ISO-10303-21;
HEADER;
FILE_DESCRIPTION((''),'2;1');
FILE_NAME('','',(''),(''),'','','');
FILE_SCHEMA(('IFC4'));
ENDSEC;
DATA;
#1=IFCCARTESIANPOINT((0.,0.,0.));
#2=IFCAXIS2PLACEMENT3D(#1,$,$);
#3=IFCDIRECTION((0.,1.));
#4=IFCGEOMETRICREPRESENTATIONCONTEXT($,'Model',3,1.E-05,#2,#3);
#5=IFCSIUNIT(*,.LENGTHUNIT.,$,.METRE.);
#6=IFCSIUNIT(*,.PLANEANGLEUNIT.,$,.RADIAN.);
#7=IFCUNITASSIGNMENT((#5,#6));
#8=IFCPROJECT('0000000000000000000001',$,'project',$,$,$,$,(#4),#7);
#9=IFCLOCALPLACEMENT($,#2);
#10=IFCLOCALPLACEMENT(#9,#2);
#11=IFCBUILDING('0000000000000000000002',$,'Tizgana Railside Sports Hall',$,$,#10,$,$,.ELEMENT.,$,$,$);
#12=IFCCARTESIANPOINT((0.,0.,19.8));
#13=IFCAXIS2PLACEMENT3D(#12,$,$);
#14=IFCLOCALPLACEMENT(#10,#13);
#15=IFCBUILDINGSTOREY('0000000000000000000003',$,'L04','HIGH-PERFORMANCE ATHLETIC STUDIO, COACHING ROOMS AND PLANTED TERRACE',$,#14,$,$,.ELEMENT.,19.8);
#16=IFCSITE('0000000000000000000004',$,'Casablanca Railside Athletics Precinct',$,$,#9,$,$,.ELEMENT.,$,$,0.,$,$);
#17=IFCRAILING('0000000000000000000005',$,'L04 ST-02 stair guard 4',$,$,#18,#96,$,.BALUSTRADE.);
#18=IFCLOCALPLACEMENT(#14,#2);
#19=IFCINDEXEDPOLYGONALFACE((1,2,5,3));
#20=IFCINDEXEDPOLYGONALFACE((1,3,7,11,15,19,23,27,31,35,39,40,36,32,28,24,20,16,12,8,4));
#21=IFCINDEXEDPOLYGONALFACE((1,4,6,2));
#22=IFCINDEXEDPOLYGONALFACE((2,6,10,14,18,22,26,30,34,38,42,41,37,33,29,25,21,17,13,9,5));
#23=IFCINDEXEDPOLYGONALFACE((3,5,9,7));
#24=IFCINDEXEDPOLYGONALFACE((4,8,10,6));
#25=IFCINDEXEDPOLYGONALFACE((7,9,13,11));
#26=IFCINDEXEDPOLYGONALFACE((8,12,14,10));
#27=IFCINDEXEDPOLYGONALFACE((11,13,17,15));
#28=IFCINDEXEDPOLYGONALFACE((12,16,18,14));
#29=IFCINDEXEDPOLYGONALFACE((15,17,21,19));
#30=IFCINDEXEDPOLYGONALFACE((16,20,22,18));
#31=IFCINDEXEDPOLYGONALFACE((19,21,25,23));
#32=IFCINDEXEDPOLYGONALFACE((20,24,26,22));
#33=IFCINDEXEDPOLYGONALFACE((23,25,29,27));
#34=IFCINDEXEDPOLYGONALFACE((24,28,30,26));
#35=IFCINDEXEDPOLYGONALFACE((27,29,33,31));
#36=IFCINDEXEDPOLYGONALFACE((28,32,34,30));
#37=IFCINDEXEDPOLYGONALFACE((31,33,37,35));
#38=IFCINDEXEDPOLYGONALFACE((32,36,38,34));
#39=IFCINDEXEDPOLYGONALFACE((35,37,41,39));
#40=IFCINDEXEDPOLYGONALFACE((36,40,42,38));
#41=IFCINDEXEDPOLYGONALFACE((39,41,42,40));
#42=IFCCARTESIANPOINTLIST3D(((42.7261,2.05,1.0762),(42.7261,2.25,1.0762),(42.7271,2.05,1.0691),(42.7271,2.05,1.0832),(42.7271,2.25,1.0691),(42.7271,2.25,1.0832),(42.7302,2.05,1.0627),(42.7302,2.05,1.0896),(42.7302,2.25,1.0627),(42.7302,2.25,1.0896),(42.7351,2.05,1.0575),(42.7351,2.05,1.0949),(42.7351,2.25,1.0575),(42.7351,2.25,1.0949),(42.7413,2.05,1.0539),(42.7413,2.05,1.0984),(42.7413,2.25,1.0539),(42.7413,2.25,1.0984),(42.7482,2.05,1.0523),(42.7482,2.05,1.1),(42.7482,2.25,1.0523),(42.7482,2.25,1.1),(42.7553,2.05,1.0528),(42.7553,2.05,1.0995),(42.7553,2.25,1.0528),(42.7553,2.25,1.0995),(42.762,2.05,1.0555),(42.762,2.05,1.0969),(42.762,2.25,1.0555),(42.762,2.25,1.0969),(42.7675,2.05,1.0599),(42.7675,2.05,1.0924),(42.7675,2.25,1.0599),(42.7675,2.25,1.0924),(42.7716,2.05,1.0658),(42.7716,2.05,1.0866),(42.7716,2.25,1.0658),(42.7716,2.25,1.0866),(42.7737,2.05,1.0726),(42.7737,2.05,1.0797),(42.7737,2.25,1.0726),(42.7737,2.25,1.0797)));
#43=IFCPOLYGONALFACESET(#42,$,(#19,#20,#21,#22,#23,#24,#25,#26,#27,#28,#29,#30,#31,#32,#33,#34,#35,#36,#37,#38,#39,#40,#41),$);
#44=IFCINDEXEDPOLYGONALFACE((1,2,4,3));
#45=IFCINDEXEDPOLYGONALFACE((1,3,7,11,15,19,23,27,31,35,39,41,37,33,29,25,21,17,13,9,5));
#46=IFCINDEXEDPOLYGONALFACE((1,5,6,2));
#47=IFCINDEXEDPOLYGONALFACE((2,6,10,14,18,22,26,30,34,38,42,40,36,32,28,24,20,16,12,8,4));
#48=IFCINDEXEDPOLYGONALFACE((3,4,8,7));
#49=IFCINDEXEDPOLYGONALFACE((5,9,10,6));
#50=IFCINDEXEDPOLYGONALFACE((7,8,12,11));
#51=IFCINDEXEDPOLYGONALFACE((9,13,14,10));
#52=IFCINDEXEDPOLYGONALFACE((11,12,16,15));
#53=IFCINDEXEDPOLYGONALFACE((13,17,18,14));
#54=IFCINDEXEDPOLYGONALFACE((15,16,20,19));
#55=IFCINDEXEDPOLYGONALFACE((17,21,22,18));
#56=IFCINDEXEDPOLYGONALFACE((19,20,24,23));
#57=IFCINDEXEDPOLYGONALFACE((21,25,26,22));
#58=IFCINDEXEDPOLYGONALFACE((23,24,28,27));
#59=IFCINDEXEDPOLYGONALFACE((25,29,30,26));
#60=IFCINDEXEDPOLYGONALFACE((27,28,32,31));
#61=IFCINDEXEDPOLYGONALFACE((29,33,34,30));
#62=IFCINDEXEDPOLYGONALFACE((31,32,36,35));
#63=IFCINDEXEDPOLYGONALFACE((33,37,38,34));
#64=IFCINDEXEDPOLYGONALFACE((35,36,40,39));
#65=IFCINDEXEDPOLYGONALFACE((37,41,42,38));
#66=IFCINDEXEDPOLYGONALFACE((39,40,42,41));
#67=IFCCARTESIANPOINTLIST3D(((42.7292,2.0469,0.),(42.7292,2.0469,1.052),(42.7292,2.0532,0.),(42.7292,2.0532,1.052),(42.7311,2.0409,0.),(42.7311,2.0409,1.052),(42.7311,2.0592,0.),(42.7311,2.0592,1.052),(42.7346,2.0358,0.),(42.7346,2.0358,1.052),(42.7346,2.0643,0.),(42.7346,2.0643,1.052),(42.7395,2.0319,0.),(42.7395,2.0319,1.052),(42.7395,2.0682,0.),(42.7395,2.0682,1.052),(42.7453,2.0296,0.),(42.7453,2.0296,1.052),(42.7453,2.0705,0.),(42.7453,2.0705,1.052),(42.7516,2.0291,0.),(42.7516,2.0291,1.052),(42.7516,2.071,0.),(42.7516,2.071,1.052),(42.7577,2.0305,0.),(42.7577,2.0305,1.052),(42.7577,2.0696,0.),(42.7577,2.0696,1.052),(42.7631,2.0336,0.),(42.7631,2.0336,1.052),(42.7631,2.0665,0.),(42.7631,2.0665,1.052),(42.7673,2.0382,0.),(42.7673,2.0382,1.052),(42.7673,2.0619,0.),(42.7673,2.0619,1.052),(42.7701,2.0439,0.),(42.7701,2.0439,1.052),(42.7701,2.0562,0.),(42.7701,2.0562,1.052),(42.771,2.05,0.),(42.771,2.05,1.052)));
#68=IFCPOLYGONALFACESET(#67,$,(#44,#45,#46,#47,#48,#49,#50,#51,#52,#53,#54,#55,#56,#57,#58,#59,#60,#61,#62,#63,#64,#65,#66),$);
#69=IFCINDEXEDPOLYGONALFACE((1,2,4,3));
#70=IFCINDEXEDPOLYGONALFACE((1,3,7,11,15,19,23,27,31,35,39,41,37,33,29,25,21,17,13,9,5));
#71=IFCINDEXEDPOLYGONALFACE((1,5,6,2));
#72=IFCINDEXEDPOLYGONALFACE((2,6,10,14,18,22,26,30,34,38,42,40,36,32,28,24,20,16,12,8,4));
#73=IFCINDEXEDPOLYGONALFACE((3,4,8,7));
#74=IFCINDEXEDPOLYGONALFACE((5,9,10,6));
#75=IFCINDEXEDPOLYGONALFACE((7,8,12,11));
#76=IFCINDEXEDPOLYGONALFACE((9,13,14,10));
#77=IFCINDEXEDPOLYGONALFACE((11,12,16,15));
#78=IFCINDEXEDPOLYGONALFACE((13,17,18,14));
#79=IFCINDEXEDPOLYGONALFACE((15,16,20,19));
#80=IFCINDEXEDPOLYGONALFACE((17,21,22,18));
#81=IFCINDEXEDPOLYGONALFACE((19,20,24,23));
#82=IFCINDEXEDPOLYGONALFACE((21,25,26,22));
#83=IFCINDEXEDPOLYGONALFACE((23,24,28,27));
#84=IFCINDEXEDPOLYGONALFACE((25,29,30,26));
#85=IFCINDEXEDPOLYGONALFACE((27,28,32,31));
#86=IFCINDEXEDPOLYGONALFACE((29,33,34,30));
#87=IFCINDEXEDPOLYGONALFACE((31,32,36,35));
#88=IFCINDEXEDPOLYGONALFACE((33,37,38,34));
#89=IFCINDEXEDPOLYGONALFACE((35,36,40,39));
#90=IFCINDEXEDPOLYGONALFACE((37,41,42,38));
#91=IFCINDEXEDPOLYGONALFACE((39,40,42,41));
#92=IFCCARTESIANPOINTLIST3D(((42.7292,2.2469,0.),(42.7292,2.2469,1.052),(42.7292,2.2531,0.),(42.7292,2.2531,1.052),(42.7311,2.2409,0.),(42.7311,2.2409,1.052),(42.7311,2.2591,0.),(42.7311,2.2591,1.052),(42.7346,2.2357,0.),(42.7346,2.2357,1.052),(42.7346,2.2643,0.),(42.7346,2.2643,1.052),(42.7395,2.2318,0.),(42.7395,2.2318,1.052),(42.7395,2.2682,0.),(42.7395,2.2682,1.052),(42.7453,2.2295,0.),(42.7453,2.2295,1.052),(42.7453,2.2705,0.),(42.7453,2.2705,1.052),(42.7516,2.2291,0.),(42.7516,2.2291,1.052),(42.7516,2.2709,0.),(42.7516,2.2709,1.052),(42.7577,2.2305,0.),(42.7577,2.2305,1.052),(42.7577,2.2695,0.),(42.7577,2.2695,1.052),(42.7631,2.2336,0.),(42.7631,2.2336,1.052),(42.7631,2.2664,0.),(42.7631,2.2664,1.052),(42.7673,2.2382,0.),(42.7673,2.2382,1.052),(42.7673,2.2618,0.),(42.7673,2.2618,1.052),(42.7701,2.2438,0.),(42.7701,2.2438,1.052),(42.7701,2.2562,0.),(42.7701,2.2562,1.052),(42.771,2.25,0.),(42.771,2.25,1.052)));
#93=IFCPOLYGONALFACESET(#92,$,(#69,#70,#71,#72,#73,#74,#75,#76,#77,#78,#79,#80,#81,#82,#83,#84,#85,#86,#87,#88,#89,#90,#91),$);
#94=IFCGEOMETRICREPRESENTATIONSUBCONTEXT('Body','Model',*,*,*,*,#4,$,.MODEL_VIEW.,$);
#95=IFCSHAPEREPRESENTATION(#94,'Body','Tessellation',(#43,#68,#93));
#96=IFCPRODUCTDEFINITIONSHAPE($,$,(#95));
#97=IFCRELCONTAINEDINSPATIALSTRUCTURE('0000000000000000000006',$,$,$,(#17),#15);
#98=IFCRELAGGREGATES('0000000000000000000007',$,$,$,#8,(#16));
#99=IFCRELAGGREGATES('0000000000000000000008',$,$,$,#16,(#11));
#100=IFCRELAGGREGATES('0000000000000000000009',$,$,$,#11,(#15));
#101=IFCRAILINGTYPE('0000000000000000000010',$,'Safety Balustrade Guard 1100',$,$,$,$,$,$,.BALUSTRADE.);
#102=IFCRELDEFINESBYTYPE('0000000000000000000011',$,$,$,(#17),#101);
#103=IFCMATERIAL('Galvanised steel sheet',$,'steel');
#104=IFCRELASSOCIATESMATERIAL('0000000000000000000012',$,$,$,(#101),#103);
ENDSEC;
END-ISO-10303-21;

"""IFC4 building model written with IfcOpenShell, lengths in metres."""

from ifc_helpers import new_model, si_unit, direction, frame, origin, origin_2d, place, context, subcontext, project, spatial, circle, extrude, material, type_object, element, save


model = new_model("IFC4")

# Units and contexts
model_context = context("Model", 3, precision=1e-05, world=origin(), true_north=direction((0.0, 1.0)))
body_context = subcontext(model_context, "Body", "Model", "MODEL_VIEW")
ifc_project = project(units=[si_unit("LENGTHUNIT", "METRE"), si_unit("PLANEANGLEUNIT", "RADIAN")], contexts=[model_context])

# Site, building, storey
site_placement = place(None, origin())
site = spatial("IfcSite", under=ifc_project, at=site_placement, Name="Casablanca Railside Athletics Precinct", CompositionType="ELEMENT", RefElevation=0.0)
building_placement = place(site_placement, origin())
building = spatial("IfcBuilding", under=site, at=building_placement, Name="Tizgana Railside Sports Hall", CompositionType="ELEMENT")
storey_placement = place(building_placement, frame((0.0, 0.0, 19.8)))
storey = spatial("IfcBuildingStorey", under=building, at=storey_placement, Name="L04", Description="HIGH-PERFORMANCE ATHLETIC STUDIO, COACHING ROOMS AND PLANTED TERRACE", CompositionType="ELEMENT", Elevation=19.8)

# Railing
ifc_material_1 = material(Name="Galvanised steel sheet", Category="steel")
railing_type_1 = type_object("IfcRailingType", Name="Safety Balustrade Guard 1100", PredefinedType="BALUSTRADE", material=ifc_material_1)
railing_1_placement = place(storey_placement, frame((42.75, 2.05, 0.0)))
element("IfcRailing", 1, at=railing_1_placement, inside=storey, type_object=railing_type_1, Name="L04 ST-02 stair guard 4", PredefinedType="BALUSTRADE", context=body_context, shape_type="SweptSolid", body=[
    extrude(circle(Radius=0.0239, at=origin_2d()), frame((0.0, 0.0, 1.0762), z_axis=(0.0, 1.0, 0.0), x_axis=(-1.0, 0.0, 0.0)), (0.0, 0.0, 1.0), 0.2),
    extrude(circle(Radius=0.021, at=origin_2d()), origin(), (0.0, 0.0, 1.0), 1.052),
    extrude(circle(Radius=0.021, at=origin_2d()), frame((0.0, 0.2, 0.0)), (0.0, 0.0, 1.0), 1.052),
])

save(model, "model.ifc")
